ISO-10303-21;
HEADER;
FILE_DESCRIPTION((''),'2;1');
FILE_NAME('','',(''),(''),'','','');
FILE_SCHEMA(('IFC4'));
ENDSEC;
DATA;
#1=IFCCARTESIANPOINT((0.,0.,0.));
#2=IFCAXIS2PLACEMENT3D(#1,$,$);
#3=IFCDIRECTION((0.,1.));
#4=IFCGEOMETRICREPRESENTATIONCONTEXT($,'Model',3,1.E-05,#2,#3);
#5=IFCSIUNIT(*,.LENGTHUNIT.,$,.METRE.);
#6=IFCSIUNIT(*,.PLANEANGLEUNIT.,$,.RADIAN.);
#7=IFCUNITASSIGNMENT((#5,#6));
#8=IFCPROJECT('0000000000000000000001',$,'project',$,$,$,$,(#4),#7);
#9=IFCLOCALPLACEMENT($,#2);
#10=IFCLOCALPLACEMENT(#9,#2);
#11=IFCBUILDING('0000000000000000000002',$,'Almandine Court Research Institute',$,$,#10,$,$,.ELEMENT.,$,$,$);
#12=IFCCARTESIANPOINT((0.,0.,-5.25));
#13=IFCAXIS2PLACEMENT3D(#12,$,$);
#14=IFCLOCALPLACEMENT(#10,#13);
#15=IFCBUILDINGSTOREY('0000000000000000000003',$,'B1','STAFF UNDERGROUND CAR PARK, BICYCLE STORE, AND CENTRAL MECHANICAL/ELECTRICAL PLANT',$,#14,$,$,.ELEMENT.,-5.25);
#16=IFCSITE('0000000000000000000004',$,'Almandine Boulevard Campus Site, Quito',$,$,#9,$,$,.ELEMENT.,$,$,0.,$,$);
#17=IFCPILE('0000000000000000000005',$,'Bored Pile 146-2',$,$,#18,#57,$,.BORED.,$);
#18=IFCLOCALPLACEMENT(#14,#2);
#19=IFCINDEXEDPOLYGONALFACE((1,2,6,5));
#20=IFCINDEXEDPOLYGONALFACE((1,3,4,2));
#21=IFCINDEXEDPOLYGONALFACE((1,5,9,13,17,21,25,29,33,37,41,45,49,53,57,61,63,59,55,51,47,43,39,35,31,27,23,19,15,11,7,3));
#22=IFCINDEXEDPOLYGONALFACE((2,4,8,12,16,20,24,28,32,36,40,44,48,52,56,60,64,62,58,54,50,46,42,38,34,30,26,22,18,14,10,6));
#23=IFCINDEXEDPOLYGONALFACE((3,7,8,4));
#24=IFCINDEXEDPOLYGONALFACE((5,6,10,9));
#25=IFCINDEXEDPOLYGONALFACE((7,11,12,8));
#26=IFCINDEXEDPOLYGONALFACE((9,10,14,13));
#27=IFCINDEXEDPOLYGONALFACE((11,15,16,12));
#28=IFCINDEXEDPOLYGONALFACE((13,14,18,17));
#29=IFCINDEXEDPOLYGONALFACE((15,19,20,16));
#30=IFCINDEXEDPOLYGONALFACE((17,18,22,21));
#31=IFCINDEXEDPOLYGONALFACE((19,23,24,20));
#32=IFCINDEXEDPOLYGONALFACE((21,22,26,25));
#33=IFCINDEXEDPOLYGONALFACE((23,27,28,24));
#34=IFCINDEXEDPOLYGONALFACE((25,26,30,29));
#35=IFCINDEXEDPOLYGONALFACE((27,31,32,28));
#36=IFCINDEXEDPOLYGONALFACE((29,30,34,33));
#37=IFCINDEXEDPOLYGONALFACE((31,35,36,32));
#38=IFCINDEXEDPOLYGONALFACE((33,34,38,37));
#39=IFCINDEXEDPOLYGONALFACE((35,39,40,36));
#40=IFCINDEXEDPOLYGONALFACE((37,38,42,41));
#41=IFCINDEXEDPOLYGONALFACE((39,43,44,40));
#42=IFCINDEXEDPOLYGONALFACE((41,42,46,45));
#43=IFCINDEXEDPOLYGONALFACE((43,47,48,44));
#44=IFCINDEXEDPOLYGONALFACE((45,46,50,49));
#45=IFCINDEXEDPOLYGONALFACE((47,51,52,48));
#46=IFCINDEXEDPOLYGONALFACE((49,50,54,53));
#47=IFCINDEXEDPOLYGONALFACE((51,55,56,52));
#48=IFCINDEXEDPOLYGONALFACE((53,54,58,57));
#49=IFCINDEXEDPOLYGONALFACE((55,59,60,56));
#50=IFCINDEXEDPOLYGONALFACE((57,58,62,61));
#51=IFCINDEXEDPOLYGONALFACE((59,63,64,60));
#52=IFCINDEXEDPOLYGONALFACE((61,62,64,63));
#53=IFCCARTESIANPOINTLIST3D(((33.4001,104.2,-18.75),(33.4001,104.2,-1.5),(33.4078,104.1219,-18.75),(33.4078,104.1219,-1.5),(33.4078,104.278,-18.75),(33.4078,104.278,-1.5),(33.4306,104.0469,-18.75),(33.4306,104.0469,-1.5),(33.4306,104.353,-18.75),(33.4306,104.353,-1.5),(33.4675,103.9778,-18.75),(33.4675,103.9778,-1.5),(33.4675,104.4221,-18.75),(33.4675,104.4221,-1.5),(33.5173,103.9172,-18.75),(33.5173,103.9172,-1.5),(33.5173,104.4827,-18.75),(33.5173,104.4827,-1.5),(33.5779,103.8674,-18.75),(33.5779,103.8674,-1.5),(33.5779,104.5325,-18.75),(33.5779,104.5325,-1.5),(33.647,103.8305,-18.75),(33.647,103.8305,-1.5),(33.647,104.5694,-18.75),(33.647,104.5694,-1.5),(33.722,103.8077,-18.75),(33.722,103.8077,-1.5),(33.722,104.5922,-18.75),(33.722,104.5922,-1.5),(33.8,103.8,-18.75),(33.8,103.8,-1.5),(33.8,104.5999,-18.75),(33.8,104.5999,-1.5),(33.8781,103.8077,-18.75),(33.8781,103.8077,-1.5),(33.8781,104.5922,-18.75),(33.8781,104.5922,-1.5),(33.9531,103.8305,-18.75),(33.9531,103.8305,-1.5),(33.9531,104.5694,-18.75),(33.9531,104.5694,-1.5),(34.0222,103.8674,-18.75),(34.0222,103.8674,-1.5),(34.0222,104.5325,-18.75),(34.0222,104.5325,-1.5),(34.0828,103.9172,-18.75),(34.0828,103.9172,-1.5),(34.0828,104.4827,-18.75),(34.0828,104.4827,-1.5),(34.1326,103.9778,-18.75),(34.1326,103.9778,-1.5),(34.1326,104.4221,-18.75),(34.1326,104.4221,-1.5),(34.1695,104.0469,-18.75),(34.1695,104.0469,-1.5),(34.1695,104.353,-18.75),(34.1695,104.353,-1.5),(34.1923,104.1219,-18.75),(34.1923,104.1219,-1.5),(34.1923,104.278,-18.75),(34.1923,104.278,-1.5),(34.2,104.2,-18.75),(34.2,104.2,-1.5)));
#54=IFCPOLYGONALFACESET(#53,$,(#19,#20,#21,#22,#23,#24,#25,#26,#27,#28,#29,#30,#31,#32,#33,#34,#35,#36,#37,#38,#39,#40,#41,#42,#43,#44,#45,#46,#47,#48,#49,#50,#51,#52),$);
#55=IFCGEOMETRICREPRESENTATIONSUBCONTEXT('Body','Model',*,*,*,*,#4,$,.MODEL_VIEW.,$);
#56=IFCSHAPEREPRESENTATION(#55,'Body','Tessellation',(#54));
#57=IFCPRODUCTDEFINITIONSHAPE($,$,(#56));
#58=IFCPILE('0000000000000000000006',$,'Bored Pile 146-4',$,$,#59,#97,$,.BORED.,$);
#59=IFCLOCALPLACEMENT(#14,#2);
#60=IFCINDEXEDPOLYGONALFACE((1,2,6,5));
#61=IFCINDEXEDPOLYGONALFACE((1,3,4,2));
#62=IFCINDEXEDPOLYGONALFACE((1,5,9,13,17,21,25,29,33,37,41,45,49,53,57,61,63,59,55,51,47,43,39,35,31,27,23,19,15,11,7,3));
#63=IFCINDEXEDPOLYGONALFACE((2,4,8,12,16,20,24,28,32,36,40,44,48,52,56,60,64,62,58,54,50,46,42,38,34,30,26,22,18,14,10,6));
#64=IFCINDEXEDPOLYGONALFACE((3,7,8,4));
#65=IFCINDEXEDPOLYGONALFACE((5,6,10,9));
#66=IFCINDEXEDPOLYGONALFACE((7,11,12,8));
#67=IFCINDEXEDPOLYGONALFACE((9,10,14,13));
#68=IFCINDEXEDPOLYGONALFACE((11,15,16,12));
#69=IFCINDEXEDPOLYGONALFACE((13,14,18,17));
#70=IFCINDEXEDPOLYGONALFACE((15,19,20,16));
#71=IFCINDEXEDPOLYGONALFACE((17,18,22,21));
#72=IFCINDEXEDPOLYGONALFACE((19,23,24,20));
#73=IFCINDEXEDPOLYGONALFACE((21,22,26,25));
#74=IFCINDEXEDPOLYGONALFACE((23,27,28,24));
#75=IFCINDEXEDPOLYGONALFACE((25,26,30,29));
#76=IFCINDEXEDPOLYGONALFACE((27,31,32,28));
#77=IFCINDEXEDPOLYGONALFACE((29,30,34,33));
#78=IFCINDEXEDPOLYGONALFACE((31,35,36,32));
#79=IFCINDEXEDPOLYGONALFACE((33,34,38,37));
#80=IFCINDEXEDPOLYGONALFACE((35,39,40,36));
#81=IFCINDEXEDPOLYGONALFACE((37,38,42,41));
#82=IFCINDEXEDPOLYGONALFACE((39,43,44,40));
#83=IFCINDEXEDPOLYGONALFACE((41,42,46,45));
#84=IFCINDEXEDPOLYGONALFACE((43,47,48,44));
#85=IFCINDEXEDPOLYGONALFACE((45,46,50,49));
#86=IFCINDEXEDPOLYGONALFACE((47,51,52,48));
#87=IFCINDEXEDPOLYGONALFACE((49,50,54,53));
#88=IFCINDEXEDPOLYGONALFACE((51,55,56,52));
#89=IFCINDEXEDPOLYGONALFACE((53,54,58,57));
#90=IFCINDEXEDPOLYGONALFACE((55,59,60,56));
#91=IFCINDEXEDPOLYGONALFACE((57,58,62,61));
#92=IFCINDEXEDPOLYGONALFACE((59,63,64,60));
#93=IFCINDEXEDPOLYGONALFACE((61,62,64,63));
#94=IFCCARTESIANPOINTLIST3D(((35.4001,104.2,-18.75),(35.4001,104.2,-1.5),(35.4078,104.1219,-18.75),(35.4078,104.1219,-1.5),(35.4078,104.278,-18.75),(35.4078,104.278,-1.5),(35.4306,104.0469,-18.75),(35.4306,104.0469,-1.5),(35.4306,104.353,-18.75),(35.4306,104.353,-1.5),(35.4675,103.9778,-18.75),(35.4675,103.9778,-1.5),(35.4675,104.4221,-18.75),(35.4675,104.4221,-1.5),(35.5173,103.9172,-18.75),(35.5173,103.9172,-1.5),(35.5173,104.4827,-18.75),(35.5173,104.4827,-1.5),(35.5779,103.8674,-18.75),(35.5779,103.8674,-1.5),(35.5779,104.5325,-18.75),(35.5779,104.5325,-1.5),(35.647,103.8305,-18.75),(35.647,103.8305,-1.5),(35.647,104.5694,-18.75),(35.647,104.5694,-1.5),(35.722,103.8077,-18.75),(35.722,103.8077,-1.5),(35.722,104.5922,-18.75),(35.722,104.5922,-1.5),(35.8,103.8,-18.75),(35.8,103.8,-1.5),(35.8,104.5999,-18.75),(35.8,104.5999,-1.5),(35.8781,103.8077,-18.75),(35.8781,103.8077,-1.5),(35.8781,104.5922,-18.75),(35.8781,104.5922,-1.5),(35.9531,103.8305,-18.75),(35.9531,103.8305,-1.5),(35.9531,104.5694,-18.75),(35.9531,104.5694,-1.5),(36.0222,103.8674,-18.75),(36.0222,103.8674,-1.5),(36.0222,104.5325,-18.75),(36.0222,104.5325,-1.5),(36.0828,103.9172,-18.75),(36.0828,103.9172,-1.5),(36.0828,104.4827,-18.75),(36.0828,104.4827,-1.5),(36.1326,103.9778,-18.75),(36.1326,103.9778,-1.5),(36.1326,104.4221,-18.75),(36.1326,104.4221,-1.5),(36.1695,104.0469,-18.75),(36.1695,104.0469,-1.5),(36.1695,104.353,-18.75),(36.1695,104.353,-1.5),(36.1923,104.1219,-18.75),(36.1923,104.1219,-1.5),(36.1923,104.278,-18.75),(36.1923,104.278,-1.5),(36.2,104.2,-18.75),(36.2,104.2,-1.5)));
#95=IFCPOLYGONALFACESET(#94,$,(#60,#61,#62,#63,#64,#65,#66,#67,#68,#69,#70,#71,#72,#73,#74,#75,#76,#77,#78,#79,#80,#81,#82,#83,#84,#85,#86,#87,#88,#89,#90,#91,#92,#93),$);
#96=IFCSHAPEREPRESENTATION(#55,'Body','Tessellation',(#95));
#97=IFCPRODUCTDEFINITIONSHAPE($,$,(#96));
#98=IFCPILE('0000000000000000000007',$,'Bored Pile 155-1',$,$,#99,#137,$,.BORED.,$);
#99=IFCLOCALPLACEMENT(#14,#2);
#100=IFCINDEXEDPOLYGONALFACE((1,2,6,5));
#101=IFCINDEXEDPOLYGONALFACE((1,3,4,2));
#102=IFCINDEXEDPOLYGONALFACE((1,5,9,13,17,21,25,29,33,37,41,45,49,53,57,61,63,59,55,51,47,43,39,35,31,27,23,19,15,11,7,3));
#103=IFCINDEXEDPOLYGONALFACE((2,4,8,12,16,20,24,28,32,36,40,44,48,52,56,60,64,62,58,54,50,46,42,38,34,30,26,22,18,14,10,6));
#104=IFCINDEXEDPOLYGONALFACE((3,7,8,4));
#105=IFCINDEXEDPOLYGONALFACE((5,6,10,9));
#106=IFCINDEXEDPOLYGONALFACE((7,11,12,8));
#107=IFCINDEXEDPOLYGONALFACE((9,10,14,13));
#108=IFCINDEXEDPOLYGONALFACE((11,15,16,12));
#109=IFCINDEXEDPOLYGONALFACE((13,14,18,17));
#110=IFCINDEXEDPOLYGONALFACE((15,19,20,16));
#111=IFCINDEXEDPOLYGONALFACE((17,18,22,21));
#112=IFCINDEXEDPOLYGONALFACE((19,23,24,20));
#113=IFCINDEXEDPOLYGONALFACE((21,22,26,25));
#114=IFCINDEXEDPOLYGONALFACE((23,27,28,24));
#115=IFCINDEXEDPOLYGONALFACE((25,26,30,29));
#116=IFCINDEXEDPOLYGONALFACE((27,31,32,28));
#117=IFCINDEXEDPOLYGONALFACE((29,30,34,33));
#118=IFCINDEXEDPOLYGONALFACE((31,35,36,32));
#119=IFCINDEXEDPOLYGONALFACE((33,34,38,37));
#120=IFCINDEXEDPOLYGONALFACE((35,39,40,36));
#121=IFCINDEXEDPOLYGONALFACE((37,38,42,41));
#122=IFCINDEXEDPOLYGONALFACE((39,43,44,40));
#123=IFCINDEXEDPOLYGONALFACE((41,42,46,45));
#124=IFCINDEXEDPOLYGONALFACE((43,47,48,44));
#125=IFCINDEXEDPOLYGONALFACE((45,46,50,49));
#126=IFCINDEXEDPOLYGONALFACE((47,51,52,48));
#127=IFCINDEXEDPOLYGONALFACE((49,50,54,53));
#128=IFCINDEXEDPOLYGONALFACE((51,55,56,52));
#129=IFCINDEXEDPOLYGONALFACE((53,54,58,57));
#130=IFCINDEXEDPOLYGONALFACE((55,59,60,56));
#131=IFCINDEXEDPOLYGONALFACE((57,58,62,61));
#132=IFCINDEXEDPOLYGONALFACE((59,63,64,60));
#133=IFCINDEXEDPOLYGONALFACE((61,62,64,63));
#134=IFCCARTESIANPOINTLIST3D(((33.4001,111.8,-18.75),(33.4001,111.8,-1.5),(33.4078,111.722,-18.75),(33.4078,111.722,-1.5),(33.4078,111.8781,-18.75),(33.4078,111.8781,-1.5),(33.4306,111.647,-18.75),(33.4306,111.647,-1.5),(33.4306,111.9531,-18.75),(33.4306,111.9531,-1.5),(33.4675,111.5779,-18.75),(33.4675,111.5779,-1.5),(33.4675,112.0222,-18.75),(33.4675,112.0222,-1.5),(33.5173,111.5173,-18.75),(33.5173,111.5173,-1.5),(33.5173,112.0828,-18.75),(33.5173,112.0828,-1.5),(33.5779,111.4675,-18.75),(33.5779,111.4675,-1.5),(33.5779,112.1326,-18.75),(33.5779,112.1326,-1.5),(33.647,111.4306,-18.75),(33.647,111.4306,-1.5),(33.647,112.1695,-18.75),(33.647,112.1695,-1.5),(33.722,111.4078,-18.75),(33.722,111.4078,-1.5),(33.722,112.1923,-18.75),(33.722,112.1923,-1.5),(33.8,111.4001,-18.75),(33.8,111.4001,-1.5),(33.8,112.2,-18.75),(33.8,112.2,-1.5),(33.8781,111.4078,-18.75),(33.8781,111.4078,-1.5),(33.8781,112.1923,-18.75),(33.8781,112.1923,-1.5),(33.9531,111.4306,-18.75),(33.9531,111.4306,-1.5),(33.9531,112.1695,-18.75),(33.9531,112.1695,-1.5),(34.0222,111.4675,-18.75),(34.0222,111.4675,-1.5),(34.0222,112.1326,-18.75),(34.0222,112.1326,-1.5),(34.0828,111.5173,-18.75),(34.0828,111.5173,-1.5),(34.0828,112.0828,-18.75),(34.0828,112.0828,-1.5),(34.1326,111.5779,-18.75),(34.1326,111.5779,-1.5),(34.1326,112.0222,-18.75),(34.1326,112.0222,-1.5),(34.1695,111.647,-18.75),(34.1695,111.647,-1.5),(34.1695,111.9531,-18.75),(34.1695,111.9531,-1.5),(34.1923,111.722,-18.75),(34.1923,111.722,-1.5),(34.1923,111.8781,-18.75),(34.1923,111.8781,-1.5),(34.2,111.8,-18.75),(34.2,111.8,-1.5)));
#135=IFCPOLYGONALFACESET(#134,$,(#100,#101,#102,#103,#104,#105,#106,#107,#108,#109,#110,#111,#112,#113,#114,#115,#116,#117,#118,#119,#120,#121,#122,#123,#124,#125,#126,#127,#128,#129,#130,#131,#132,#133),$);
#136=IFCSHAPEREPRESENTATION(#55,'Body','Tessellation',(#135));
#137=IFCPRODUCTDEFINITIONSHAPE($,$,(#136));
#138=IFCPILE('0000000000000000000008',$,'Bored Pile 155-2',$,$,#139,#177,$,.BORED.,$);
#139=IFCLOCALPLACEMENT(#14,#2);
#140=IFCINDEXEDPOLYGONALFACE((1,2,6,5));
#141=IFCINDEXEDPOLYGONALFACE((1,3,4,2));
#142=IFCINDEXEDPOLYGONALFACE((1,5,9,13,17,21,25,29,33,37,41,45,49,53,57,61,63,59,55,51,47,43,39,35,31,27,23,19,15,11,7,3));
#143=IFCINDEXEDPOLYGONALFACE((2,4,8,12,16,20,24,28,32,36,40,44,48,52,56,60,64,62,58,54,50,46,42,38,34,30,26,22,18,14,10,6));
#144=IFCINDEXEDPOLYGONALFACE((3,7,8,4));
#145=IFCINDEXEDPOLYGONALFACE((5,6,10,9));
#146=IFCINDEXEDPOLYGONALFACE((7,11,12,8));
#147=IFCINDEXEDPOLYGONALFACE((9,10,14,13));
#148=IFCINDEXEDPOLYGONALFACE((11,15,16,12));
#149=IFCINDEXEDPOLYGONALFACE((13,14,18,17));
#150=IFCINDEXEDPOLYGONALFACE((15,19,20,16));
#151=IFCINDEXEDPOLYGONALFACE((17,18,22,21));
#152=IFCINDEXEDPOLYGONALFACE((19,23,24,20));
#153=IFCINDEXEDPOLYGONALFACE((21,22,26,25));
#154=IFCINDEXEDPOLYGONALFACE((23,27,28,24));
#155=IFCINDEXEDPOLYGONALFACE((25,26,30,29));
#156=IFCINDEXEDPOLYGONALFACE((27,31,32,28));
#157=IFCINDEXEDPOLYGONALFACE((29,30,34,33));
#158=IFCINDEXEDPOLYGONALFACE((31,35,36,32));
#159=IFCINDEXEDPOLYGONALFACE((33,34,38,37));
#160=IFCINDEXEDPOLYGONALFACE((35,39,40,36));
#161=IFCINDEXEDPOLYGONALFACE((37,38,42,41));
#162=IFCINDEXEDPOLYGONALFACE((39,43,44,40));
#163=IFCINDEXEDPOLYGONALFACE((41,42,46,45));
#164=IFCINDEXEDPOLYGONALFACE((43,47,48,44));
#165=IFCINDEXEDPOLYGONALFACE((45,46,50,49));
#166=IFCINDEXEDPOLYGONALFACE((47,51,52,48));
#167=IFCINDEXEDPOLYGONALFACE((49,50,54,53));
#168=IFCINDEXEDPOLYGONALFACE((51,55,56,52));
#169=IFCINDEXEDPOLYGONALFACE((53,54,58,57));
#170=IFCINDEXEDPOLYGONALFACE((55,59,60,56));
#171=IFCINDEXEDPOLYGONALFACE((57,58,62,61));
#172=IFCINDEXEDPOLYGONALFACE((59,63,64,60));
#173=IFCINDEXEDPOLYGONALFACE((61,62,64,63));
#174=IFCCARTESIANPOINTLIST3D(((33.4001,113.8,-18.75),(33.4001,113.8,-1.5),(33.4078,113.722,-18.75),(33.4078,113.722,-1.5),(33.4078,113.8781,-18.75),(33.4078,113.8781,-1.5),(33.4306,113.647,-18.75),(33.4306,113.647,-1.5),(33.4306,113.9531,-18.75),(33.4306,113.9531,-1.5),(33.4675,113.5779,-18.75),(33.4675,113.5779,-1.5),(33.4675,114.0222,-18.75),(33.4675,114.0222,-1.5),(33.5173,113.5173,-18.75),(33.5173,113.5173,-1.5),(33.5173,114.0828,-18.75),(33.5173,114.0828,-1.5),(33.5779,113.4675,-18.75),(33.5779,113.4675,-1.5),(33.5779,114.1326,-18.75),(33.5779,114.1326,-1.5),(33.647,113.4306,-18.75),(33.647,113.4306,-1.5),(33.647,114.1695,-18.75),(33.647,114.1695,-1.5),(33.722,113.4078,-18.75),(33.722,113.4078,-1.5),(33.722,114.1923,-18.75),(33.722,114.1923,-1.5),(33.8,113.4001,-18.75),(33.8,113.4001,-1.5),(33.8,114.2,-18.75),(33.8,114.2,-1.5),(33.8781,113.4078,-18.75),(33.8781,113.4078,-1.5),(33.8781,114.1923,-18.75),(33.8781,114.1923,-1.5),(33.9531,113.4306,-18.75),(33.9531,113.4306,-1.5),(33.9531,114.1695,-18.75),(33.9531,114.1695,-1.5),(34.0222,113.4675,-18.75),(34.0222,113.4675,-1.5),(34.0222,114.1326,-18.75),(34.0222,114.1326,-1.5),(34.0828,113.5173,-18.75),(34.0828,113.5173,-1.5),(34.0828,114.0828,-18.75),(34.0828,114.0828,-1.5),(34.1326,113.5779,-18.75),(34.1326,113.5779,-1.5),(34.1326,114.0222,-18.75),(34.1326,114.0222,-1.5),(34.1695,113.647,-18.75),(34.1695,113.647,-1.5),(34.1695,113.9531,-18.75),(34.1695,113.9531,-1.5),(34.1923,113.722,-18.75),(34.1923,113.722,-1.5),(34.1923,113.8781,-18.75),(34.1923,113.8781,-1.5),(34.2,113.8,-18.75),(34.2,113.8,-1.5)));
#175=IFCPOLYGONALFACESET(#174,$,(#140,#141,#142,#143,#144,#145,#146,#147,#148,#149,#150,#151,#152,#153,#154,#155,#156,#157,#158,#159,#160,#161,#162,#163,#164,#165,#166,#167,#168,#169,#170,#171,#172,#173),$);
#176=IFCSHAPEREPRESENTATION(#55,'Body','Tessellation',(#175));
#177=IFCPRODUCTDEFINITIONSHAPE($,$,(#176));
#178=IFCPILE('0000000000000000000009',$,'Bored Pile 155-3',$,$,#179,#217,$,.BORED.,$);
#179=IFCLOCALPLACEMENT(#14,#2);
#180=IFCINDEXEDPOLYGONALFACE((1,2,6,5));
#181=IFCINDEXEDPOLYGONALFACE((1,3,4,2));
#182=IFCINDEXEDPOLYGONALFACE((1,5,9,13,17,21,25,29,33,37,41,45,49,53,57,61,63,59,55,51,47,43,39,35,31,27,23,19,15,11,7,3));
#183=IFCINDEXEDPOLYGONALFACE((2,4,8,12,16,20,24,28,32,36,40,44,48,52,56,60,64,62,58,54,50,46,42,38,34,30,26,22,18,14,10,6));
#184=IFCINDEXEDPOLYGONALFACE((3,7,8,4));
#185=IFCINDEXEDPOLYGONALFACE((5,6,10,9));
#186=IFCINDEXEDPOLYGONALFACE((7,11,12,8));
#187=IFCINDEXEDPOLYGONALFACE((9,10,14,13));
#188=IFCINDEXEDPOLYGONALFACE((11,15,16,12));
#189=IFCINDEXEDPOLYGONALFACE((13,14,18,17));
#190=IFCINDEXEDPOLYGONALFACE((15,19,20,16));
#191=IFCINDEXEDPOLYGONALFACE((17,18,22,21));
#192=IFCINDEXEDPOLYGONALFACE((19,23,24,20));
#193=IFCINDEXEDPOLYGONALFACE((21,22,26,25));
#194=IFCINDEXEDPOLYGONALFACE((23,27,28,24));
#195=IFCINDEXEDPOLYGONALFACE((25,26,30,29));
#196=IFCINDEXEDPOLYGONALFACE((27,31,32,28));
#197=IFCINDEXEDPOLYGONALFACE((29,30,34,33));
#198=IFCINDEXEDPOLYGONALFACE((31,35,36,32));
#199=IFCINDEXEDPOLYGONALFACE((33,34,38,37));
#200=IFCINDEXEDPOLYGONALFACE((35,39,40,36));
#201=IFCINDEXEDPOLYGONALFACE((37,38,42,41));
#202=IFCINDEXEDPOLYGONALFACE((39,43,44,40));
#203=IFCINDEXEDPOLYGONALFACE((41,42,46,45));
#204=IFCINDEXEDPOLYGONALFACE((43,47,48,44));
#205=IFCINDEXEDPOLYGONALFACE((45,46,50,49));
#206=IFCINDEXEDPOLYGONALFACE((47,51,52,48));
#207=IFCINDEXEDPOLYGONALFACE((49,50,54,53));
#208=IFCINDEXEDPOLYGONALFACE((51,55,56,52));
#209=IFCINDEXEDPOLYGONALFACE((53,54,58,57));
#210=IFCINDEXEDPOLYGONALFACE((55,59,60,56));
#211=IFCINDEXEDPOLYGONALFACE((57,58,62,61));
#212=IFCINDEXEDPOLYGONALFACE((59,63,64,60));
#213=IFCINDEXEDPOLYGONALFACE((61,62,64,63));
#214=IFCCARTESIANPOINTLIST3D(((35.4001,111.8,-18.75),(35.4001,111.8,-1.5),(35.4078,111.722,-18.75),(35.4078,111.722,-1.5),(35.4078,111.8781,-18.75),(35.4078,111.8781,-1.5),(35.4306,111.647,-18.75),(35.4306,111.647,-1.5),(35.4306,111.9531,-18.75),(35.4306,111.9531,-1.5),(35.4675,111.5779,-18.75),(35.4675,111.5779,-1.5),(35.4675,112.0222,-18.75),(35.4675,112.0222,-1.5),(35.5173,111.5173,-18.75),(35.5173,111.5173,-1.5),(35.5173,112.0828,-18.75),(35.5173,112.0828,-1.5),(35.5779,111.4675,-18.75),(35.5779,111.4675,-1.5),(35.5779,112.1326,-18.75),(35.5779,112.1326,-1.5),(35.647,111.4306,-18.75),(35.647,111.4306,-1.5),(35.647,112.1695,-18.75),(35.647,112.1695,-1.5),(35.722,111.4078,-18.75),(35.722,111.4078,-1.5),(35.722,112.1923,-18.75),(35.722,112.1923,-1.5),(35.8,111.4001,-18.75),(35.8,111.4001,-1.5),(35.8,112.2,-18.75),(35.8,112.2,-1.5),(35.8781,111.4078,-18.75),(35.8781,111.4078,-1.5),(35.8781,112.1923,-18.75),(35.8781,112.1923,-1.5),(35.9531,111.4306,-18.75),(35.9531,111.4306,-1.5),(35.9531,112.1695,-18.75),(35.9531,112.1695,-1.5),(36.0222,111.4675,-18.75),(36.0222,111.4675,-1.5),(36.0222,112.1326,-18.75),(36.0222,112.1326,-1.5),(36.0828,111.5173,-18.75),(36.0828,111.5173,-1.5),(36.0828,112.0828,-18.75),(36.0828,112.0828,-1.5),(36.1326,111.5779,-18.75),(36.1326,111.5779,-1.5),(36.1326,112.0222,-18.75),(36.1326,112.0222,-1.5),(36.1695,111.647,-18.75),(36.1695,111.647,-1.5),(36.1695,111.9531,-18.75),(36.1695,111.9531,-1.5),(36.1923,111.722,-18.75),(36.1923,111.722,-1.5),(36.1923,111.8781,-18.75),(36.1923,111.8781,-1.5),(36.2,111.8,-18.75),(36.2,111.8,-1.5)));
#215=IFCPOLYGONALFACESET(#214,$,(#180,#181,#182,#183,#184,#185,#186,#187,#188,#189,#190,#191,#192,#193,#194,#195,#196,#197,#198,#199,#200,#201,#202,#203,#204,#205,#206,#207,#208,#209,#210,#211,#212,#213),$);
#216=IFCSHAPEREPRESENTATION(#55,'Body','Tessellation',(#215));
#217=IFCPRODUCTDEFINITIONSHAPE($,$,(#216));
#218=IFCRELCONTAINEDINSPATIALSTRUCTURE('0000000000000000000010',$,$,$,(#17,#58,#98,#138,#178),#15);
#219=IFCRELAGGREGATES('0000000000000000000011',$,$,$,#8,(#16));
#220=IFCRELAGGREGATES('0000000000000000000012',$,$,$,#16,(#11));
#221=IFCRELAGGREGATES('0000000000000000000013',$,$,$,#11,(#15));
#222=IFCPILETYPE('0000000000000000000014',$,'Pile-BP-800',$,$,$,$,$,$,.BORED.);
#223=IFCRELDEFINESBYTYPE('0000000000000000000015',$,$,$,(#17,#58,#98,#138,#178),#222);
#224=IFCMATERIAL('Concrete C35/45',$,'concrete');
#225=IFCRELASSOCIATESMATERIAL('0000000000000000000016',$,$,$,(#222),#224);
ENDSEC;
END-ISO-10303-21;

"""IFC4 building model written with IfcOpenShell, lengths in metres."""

from ifc_helpers import new_model, si_unit, direction, frame, origin, origin_2d, place, context, subcontext, project, spatial, circle, extrude, material, material_profile, profile_set, type_object, element, save


model = new_model("IFC4")

# Units and contexts
model_context = context("Model", 3, precision=1e-05, world=origin(), true_north=direction((0.0, 1.0)))
body_context = subcontext(model_context, "Body", "Model", "MODEL_VIEW")
ifc_project = project(units=[si_unit("LENGTHUNIT", "METRE"), si_unit("PLANEANGLEUNIT", "RADIAN")], contexts=[model_context])

# Site, building, storey
site_placement = place(None, origin())
site = spatial("IfcSite", under=ifc_project, at=site_placement, Name="Almandine Boulevard Campus Site, Quito", CompositionType="ELEMENT", RefElevation=0.0)
building_placement = place(site_placement, origin())
building = spatial("IfcBuilding", under=site, at=building_placement, Name="Almandine Court Research Institute", CompositionType="ELEMENT")
storey_placement = place(building_placement, frame((0.0, 0.0, -5.25)))
storey = spatial("IfcBuildingStorey", under=building, at=storey_placement, Name="B1", Description="STAFF UNDERGROUND CAR PARK, BICYCLE STORE, AND CENTRAL MECHANICAL/ELECTRICAL PLANT", CompositionType="ELEMENT", Elevation=-5.25)

# Shared definitions
ifc_material_1 = material(Name="Concrete C35/45", Category="concrete")

# Piles
ifc_material_profile_1 = material_profile(ifc_material_1, circle(Radius=0.3999, at=origin_2d()), Name="BORED PILE D800")
ifc_profile_set_1 = profile_set([ifc_material_profile_1], Name="Concrete C35/45")
pile_type_1 = type_object("IfcPileType", Name="Pile-BP-800", PredefinedType="BORED", material=ifc_profile_set_1)
for number, where, z_axis, x_axis, name in (
    (1, (33.8, 104.2, -1.5), (0.0, 0.0, -1.0), (1.0, 0.0, 0.0), "Bored Pile 146-2"),
    (2, (35.8, 104.2, -1.5), (0.0, 0.0, -1.0), (1.0, 0.0, 0.0), "Bored Pile 146-4"),
    (3, (33.8, 111.8, -1.5), (0.0, 0.0, -1.0), (1.0, 0.0, 0.0), "Bored Pile 155-1"),
    (4, (33.8, 113.8, -1.5), (0.0, 0.0, -1.0), (1.0, 0.0, 0.0), "Bored Pile 155-2"),
    (5, (35.8, 111.8, -1.5), (0.0, 0.0, -1.0), (1.0, 0.0, 0.0), "Bored Pile 155-3"),
):
    element("IfcPile", number, at=place(storey_placement, frame(where, z_axis=z_axis, x_axis=x_axis)), inside=storey, type_object=pile_type_1, Name=name, PredefinedType="BORED", context=body_context, shape_type="SweptSolid", body=[
        extrude(circle(Radius=0.3999, at=origin_2d()), origin(), (0.0, 0.0, 1.0), 17.25),
    ])

save(model, "model.ifc")
